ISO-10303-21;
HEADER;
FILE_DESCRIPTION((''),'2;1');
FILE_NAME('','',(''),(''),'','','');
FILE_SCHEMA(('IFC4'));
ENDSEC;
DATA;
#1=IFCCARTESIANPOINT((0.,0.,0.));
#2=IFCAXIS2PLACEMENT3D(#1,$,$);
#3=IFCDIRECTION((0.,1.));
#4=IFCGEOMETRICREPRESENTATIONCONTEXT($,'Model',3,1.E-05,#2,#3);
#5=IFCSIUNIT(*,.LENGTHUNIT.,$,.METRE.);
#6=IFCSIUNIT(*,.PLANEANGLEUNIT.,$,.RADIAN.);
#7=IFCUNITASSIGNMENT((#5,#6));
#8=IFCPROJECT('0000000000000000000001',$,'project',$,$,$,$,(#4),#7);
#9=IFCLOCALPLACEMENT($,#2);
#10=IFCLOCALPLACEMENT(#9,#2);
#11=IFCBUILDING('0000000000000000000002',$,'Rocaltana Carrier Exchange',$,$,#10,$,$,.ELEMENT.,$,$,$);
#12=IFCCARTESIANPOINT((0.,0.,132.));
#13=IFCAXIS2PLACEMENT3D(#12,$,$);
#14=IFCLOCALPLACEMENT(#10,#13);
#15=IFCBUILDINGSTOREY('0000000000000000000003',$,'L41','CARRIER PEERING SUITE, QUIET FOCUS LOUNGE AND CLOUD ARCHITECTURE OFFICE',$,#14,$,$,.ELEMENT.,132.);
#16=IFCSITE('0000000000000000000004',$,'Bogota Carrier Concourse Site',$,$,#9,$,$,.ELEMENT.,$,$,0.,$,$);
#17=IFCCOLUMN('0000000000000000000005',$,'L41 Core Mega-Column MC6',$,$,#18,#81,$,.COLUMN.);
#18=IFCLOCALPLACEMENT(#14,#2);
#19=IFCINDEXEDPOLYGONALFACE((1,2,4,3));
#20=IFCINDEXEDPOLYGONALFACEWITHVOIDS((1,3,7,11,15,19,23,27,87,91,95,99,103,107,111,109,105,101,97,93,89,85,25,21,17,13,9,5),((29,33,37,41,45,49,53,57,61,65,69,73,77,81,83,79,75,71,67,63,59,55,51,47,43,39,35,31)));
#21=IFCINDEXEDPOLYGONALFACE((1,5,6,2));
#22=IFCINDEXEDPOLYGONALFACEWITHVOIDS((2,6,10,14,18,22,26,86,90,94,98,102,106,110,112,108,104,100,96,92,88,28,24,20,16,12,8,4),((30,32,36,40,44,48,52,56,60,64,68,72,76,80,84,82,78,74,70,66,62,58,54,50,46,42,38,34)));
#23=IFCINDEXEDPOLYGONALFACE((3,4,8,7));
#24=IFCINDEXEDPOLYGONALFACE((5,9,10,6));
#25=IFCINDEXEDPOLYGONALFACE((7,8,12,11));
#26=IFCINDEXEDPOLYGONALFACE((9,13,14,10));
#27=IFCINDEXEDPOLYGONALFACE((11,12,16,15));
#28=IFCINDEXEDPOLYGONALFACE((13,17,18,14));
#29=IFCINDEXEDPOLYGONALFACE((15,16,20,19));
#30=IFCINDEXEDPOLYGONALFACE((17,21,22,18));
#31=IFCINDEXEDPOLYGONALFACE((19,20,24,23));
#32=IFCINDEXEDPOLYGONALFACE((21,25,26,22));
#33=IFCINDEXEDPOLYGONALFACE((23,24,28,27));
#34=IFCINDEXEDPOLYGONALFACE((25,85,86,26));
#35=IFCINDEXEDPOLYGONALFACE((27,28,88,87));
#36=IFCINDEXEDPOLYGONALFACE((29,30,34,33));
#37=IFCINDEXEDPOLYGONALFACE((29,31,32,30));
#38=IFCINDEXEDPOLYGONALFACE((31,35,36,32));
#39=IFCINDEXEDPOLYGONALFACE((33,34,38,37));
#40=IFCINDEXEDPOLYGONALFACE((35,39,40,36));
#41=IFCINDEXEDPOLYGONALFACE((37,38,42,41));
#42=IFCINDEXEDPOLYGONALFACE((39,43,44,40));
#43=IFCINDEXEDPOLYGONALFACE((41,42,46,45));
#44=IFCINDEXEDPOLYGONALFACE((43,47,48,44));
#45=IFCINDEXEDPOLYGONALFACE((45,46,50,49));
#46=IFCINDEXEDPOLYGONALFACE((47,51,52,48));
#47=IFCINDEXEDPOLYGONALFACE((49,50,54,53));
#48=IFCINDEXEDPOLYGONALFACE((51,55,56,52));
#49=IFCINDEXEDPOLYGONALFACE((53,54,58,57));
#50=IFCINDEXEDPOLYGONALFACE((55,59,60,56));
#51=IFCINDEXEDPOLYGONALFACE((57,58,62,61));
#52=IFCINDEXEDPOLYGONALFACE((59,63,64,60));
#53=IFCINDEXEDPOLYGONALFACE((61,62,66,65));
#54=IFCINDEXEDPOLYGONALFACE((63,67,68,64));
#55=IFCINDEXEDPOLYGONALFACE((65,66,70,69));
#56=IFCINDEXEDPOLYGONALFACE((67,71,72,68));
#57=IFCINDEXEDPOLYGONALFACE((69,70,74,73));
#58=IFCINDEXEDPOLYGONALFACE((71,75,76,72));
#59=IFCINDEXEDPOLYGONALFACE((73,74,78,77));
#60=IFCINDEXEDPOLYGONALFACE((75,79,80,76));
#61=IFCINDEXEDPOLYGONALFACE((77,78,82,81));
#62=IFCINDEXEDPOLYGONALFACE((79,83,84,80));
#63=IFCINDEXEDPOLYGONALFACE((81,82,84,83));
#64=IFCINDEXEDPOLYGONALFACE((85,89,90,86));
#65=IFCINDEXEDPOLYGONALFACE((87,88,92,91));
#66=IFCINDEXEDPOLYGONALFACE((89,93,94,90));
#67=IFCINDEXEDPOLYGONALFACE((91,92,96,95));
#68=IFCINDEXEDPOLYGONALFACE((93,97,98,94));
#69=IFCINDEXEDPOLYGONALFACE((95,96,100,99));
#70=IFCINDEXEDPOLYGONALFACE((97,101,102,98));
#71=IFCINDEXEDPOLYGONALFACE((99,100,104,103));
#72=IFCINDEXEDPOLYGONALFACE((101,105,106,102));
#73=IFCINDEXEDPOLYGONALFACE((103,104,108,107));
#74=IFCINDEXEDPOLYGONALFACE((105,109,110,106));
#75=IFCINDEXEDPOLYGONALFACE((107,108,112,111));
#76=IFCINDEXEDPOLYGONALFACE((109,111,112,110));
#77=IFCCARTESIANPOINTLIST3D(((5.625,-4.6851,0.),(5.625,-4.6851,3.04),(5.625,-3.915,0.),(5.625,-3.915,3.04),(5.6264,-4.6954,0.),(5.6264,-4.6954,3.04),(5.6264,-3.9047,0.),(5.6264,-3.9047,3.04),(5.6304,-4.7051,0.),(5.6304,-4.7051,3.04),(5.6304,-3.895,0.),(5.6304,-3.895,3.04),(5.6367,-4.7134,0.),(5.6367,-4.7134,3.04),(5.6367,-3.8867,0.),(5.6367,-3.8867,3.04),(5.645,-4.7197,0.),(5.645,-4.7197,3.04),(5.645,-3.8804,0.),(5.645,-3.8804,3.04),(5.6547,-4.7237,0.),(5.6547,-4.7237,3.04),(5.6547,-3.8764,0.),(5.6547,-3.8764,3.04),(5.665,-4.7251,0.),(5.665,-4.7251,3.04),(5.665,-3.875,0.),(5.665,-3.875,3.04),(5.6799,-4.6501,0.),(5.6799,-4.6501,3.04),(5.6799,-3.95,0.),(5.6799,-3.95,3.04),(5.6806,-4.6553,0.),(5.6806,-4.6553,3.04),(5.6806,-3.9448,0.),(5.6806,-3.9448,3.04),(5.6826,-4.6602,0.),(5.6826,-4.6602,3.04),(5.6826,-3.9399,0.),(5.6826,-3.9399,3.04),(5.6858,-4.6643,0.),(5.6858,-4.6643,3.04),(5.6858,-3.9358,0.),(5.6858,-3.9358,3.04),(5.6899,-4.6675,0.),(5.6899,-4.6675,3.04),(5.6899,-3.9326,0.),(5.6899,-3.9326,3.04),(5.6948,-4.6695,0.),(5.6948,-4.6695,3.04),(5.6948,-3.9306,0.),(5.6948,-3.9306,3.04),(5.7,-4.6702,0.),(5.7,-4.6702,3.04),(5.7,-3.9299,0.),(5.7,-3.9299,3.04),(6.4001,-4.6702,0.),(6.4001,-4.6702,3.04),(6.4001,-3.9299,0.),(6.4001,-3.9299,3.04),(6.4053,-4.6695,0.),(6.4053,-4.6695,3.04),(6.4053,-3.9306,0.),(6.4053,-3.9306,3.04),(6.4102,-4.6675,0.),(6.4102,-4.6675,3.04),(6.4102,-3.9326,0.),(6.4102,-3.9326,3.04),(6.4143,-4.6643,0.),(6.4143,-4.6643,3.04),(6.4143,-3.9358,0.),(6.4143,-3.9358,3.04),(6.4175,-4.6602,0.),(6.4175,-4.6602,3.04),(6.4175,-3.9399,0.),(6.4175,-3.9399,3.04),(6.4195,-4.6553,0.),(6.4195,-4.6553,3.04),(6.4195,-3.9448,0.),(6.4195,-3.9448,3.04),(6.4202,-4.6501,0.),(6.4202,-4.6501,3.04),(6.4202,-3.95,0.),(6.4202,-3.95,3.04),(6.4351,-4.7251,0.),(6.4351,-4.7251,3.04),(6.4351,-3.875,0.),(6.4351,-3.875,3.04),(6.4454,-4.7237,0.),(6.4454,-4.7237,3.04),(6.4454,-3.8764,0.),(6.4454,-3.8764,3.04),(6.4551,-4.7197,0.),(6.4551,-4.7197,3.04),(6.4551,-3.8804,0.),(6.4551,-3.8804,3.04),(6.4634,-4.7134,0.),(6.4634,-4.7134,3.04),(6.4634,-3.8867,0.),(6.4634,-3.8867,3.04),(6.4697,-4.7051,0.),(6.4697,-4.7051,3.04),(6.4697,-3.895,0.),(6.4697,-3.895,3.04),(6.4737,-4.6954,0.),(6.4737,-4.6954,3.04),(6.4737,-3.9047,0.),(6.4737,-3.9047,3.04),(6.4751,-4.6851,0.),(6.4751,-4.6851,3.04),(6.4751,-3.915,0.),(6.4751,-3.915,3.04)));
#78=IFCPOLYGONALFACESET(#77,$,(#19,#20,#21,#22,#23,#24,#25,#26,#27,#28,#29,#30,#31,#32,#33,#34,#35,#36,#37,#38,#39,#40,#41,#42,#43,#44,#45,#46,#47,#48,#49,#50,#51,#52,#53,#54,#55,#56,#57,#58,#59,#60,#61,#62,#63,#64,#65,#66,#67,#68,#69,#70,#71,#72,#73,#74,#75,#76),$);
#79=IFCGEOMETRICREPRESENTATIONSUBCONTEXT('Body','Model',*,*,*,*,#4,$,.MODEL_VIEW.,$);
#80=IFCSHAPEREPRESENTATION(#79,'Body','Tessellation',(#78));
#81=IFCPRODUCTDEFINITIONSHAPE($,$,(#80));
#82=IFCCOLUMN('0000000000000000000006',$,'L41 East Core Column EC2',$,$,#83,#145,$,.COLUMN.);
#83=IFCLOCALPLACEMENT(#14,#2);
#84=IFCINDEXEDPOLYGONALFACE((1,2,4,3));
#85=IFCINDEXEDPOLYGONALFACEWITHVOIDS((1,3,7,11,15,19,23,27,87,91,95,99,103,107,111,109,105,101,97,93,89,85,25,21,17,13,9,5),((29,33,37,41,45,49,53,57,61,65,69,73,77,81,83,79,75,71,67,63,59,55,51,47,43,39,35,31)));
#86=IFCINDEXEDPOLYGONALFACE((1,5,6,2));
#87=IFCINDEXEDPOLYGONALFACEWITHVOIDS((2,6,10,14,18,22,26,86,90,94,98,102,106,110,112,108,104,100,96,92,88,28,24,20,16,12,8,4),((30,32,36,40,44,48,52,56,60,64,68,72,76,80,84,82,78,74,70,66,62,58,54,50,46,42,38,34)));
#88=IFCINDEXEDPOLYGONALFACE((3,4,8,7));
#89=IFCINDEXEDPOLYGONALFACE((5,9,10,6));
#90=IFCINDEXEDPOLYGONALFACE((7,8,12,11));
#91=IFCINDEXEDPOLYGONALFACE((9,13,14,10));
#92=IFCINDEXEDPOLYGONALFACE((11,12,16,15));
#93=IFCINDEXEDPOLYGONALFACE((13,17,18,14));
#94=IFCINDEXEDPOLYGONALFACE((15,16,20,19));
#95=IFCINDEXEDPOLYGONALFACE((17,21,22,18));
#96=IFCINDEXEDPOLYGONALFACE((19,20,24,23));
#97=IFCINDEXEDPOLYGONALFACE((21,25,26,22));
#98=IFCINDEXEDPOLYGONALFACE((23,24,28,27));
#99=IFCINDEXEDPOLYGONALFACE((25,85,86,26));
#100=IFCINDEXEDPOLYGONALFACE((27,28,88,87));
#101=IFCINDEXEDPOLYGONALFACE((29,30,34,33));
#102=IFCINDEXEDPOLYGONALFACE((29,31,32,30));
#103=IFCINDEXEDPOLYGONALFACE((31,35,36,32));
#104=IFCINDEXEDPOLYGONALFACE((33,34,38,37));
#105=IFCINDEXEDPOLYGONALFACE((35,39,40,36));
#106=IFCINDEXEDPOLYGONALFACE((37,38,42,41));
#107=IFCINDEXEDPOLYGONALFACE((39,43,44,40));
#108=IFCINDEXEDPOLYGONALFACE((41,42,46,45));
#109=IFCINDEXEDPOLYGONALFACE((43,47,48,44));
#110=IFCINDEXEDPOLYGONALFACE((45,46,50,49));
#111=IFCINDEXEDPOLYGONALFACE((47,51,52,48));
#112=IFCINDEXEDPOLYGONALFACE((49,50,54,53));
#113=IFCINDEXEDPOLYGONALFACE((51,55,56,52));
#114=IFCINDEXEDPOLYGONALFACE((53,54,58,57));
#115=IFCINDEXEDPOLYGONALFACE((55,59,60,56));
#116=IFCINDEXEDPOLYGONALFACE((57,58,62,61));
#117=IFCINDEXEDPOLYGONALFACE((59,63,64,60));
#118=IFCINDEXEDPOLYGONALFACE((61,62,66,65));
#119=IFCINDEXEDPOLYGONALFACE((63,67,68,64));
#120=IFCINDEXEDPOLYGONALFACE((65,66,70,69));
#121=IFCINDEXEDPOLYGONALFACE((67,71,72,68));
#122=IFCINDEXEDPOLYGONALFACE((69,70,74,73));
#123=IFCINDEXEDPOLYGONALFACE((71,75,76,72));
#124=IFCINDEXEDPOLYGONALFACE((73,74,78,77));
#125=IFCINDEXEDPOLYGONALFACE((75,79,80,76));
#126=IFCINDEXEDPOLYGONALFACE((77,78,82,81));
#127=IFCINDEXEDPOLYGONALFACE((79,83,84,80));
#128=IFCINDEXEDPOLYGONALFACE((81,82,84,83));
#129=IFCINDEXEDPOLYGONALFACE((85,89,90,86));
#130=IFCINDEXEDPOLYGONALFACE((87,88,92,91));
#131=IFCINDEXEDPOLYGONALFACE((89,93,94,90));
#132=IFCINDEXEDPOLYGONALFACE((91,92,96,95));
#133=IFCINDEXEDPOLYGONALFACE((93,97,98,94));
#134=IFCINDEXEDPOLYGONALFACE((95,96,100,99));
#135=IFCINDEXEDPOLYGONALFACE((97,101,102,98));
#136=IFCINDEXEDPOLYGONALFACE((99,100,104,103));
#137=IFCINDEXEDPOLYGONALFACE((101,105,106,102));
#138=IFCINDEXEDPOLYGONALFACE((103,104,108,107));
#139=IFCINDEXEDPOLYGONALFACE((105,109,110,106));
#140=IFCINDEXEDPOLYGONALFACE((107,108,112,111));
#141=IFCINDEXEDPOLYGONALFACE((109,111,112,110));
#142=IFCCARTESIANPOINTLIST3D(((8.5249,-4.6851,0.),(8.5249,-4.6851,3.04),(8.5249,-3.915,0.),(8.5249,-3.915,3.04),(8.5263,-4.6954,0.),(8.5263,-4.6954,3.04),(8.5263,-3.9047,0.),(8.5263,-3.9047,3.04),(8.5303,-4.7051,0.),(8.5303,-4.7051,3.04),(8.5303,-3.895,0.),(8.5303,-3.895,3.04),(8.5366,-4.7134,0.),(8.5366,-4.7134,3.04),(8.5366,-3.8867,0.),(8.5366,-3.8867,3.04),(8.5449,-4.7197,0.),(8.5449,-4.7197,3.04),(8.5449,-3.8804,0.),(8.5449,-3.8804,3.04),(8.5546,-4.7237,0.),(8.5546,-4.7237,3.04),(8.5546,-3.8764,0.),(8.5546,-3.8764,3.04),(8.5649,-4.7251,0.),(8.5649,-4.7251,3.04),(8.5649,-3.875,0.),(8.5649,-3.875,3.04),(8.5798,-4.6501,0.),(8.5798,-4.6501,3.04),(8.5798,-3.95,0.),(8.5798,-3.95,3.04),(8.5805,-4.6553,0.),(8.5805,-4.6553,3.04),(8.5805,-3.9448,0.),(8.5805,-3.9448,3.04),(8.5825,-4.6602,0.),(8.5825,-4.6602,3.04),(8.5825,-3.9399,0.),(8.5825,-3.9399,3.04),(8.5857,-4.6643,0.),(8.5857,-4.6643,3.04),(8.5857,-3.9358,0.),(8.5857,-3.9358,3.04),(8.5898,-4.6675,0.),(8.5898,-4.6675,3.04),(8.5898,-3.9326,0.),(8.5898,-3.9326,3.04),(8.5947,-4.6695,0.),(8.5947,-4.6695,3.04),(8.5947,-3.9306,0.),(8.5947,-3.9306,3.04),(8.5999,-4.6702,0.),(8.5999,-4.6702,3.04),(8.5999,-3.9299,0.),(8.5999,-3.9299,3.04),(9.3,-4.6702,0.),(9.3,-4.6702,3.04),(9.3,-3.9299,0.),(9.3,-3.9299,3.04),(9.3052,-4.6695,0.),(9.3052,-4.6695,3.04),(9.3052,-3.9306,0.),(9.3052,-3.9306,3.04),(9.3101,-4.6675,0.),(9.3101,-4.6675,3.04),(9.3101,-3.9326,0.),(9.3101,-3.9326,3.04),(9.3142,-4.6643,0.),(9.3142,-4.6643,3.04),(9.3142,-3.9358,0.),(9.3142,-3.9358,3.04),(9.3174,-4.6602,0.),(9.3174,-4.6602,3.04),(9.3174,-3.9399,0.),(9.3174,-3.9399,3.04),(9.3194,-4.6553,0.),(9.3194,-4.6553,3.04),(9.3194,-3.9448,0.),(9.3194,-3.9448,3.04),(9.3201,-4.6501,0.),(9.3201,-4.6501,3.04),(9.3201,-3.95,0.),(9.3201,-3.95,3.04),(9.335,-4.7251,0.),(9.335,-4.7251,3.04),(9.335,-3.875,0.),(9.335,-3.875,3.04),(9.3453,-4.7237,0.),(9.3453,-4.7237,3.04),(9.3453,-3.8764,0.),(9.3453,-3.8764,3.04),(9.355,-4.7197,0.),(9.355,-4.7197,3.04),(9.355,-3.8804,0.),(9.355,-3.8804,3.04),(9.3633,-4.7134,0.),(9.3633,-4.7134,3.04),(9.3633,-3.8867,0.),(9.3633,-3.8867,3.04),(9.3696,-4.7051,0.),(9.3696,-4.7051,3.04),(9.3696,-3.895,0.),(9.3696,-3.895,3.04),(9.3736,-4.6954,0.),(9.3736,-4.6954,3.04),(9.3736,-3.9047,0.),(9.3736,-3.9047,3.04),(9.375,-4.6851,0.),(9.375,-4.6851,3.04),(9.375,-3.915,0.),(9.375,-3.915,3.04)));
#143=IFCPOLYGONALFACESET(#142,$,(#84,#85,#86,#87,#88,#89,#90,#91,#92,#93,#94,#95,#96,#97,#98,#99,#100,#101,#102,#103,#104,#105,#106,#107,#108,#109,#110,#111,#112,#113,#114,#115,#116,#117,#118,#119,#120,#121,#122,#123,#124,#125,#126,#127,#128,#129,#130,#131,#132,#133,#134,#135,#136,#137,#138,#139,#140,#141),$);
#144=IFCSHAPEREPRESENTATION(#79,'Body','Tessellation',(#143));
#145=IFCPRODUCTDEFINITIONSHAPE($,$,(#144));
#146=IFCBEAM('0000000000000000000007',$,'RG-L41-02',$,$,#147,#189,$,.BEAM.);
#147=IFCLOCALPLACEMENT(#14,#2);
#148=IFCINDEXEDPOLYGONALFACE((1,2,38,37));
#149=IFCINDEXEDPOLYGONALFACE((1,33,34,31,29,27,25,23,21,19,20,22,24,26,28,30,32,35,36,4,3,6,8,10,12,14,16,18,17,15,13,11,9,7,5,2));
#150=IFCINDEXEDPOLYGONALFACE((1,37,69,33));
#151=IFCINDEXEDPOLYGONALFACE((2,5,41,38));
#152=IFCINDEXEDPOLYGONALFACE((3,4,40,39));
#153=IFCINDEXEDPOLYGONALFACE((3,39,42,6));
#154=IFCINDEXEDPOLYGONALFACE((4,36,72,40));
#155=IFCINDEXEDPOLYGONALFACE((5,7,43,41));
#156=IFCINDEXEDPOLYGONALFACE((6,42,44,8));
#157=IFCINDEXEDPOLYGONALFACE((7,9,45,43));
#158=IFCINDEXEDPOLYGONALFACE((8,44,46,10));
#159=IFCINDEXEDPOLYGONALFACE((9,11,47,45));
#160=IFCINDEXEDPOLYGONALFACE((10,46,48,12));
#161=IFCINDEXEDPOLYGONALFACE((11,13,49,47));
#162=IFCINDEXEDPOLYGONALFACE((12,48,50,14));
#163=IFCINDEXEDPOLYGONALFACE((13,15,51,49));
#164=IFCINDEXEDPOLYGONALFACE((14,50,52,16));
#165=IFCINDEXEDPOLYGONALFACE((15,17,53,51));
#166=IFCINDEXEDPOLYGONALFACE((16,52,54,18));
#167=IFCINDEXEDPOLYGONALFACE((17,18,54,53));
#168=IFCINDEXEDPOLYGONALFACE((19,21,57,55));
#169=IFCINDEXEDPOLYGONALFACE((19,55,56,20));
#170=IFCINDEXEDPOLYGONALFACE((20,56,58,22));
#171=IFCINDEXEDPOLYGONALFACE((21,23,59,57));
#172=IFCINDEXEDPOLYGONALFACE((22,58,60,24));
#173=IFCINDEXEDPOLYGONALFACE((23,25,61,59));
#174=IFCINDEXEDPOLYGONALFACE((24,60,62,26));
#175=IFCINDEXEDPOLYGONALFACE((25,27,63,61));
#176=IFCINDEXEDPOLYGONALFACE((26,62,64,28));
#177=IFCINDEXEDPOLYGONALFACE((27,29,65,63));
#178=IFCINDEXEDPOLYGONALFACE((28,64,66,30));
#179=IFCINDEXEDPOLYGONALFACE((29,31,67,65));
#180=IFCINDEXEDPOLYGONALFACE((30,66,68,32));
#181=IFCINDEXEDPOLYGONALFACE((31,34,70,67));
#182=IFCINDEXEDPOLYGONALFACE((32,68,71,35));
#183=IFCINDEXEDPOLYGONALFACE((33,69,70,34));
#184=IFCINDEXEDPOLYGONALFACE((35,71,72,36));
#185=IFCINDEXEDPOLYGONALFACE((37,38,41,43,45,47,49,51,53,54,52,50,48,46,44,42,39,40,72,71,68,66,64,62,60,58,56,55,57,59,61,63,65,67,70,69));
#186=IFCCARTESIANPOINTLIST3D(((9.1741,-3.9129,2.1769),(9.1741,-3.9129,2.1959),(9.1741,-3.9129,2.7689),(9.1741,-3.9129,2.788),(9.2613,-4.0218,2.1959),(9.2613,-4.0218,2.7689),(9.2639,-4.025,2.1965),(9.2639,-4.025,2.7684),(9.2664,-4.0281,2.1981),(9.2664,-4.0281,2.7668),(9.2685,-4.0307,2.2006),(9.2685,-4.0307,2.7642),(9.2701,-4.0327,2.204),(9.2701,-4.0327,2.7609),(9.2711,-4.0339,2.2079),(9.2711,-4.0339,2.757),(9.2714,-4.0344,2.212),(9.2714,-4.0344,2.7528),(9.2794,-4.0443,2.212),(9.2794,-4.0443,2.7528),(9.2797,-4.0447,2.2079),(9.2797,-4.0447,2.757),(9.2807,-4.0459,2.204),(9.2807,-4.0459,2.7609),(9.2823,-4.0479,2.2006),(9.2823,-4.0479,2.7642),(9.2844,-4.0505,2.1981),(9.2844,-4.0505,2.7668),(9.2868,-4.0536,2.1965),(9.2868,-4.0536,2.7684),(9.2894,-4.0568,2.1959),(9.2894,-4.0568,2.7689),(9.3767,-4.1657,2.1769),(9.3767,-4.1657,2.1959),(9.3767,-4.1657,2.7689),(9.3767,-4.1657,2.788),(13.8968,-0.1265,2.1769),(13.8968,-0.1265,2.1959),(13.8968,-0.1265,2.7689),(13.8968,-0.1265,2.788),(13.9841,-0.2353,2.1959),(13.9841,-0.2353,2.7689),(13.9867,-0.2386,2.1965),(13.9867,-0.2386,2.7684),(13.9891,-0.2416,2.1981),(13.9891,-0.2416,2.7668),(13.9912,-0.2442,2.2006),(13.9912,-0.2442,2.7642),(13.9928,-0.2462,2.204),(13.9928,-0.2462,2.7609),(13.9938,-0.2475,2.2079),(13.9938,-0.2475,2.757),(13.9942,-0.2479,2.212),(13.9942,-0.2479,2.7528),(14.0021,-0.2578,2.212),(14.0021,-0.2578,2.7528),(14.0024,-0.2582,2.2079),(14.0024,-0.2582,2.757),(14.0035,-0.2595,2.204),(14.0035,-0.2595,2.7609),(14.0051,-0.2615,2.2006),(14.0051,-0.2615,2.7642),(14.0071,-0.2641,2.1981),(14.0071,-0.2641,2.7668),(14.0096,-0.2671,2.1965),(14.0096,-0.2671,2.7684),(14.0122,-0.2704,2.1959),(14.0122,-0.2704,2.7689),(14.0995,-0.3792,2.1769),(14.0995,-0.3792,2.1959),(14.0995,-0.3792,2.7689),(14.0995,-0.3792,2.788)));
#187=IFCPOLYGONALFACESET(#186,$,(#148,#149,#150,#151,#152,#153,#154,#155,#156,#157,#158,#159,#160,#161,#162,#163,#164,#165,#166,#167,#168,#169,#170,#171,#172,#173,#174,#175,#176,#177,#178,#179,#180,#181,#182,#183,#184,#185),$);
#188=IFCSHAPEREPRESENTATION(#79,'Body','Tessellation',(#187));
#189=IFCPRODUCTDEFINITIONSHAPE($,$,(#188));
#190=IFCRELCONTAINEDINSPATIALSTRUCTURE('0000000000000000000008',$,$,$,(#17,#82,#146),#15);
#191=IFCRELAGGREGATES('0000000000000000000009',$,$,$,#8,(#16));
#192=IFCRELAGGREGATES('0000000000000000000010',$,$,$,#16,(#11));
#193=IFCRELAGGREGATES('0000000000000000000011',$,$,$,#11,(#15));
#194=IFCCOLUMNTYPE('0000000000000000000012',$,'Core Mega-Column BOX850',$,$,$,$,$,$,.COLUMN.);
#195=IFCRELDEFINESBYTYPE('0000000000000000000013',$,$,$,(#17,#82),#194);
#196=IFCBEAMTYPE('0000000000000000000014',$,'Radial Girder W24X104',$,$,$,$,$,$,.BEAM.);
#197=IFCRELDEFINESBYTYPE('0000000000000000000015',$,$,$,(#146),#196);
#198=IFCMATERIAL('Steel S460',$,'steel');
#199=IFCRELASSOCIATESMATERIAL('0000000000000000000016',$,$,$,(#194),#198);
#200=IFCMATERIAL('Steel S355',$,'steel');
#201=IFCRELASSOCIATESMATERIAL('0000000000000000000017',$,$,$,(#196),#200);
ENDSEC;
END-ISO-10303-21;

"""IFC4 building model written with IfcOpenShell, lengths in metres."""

from ifc_helpers import new_model, si_unit, direction, frame, origin, origin_2d, place, context, subcontext, project, spatial, hollow_rectangle, i_section, extrude, material, material_profile, profile_set, type_object, element, save


model = new_model("IFC4")

# Units and contexts
model_context = context("Model", 3, precision=1e-05, world=origin(), true_north=direction((0.0, 1.0)))
body_context = subcontext(model_context, "Body", "Model", "MODEL_VIEW")
ifc_project = project(units=[si_unit("LENGTHUNIT", "METRE"), si_unit("PLANEANGLEUNIT", "RADIAN")], contexts=[model_context])

# Site, building, storey
site_placement = place(None, origin())
site = spatial("IfcSite", under=ifc_project, at=site_placement, Name="Bogota Carrier Concourse Site", CompositionType="ELEMENT", RefElevation=0.0)
building_placement = place(site_placement, origin())
building = spatial("IfcBuilding", under=site, at=building_placement, Name="Rocaltana Carrier Exchange", CompositionType="ELEMENT")
storey_placement = place(building_placement, frame((0.0, 0.0, 132.0)))
storey = spatial("IfcBuildingStorey", under=building, at=storey_placement, Name="L41", Description="CARRIER PEERING SUITE, QUIET FOCUS LOUNGE AND CLOUD ARCHITECTURE OFFICE", CompositionType="ELEMENT", Elevation=132.0)

# Columns
ifc_material_1 = material(Name="Steel S460", Category="steel")
ifc_material_profile_1 = material_profile(ifc_material_1, hollow_rectangle(XDim=0.8501, YDim=0.8501, WallThickness=0.0549, InnerFilletRadius=0.02, OuterFilletRadius=0.04, at=origin_2d()), Name="BOX850X850X55")
ifc_profile_set_1 = profile_set([ifc_material_profile_1], Name="Steel S460")
column_type = type_object("IfcColumnType", Name="Core Mega-Column BOX850", PredefinedType="COLUMN", material=ifc_profile_set_1)
for number, where, z_axis, x_axis, name in (
    (1, (6.05, -4.3, 0.0), (0.0, 0.0, 1.0), (1.0, 0.0, 0.0), "L41 Core Mega-Column MC6"),
    (2, (8.95, -4.3, 0.0), (0.0, 0.0, 1.0), (1.0, 0.0, 0.0), "L41 East Core Column EC2"),
):
    element("IfcColumn", number, at=place(storey_placement, frame(where, z_axis=z_axis, x_axis=x_axis)), inside=storey, type_object=column_type, Name=name, PredefinedType="COLUMN", context=body_context, shape_type="SweptSolid", body=[
        extrude(hollow_rectangle(XDim=0.8501, YDim=0.8501, WallThickness=0.0549, InnerFilletRadius=0.02, OuterFilletRadius=0.04, at=origin_2d()), origin(), (0.0, 0.0, 1.0), 3.04),
    ])

# Beam
ifc_material_2 = material(Name="Steel S355", Category="steel")
ifc_material_profile_2 = material_profile(ifc_material_2, i_section(OverallWidth=0.324, OverallDepth=0.6111, WebThickness=0.0127, FlangeThickness=0.019, FilletRadius=0.0161, at=origin_2d()), Name="W24X104")
ifc_profile_set_2 = profile_set([ifc_material_profile_2], Name="Steel S355")
beam_type = type_object("IfcBeamType", Name="Radial Girder W24X104", PredefinedType="BEAM", material=ifc_profile_set_2)
beam_placement = place(storey_placement, frame((9.2754, -4.0393, 2.4824), z_axis=(0.780203, 0.625526, 0.0), x_axis=(-0.625526, 0.780203, 0.0)))
element("IfcBeam", 3, at=beam_placement, inside=storey, type_object=beam_type, Name="RG-L41-02", PredefinedType="BEAM", context=body_context, shape_type="SweptSolid", body=[
    extrude(i_section(OverallWidth=0.324, OverallDepth=0.6111, WebThickness=0.0127, FlangeThickness=0.019, FilletRadius=0.0161, at=origin_2d()), origin(), (0.0, 0.0, 1.0), 6.0532),
])

save(model, "model.ifc")
